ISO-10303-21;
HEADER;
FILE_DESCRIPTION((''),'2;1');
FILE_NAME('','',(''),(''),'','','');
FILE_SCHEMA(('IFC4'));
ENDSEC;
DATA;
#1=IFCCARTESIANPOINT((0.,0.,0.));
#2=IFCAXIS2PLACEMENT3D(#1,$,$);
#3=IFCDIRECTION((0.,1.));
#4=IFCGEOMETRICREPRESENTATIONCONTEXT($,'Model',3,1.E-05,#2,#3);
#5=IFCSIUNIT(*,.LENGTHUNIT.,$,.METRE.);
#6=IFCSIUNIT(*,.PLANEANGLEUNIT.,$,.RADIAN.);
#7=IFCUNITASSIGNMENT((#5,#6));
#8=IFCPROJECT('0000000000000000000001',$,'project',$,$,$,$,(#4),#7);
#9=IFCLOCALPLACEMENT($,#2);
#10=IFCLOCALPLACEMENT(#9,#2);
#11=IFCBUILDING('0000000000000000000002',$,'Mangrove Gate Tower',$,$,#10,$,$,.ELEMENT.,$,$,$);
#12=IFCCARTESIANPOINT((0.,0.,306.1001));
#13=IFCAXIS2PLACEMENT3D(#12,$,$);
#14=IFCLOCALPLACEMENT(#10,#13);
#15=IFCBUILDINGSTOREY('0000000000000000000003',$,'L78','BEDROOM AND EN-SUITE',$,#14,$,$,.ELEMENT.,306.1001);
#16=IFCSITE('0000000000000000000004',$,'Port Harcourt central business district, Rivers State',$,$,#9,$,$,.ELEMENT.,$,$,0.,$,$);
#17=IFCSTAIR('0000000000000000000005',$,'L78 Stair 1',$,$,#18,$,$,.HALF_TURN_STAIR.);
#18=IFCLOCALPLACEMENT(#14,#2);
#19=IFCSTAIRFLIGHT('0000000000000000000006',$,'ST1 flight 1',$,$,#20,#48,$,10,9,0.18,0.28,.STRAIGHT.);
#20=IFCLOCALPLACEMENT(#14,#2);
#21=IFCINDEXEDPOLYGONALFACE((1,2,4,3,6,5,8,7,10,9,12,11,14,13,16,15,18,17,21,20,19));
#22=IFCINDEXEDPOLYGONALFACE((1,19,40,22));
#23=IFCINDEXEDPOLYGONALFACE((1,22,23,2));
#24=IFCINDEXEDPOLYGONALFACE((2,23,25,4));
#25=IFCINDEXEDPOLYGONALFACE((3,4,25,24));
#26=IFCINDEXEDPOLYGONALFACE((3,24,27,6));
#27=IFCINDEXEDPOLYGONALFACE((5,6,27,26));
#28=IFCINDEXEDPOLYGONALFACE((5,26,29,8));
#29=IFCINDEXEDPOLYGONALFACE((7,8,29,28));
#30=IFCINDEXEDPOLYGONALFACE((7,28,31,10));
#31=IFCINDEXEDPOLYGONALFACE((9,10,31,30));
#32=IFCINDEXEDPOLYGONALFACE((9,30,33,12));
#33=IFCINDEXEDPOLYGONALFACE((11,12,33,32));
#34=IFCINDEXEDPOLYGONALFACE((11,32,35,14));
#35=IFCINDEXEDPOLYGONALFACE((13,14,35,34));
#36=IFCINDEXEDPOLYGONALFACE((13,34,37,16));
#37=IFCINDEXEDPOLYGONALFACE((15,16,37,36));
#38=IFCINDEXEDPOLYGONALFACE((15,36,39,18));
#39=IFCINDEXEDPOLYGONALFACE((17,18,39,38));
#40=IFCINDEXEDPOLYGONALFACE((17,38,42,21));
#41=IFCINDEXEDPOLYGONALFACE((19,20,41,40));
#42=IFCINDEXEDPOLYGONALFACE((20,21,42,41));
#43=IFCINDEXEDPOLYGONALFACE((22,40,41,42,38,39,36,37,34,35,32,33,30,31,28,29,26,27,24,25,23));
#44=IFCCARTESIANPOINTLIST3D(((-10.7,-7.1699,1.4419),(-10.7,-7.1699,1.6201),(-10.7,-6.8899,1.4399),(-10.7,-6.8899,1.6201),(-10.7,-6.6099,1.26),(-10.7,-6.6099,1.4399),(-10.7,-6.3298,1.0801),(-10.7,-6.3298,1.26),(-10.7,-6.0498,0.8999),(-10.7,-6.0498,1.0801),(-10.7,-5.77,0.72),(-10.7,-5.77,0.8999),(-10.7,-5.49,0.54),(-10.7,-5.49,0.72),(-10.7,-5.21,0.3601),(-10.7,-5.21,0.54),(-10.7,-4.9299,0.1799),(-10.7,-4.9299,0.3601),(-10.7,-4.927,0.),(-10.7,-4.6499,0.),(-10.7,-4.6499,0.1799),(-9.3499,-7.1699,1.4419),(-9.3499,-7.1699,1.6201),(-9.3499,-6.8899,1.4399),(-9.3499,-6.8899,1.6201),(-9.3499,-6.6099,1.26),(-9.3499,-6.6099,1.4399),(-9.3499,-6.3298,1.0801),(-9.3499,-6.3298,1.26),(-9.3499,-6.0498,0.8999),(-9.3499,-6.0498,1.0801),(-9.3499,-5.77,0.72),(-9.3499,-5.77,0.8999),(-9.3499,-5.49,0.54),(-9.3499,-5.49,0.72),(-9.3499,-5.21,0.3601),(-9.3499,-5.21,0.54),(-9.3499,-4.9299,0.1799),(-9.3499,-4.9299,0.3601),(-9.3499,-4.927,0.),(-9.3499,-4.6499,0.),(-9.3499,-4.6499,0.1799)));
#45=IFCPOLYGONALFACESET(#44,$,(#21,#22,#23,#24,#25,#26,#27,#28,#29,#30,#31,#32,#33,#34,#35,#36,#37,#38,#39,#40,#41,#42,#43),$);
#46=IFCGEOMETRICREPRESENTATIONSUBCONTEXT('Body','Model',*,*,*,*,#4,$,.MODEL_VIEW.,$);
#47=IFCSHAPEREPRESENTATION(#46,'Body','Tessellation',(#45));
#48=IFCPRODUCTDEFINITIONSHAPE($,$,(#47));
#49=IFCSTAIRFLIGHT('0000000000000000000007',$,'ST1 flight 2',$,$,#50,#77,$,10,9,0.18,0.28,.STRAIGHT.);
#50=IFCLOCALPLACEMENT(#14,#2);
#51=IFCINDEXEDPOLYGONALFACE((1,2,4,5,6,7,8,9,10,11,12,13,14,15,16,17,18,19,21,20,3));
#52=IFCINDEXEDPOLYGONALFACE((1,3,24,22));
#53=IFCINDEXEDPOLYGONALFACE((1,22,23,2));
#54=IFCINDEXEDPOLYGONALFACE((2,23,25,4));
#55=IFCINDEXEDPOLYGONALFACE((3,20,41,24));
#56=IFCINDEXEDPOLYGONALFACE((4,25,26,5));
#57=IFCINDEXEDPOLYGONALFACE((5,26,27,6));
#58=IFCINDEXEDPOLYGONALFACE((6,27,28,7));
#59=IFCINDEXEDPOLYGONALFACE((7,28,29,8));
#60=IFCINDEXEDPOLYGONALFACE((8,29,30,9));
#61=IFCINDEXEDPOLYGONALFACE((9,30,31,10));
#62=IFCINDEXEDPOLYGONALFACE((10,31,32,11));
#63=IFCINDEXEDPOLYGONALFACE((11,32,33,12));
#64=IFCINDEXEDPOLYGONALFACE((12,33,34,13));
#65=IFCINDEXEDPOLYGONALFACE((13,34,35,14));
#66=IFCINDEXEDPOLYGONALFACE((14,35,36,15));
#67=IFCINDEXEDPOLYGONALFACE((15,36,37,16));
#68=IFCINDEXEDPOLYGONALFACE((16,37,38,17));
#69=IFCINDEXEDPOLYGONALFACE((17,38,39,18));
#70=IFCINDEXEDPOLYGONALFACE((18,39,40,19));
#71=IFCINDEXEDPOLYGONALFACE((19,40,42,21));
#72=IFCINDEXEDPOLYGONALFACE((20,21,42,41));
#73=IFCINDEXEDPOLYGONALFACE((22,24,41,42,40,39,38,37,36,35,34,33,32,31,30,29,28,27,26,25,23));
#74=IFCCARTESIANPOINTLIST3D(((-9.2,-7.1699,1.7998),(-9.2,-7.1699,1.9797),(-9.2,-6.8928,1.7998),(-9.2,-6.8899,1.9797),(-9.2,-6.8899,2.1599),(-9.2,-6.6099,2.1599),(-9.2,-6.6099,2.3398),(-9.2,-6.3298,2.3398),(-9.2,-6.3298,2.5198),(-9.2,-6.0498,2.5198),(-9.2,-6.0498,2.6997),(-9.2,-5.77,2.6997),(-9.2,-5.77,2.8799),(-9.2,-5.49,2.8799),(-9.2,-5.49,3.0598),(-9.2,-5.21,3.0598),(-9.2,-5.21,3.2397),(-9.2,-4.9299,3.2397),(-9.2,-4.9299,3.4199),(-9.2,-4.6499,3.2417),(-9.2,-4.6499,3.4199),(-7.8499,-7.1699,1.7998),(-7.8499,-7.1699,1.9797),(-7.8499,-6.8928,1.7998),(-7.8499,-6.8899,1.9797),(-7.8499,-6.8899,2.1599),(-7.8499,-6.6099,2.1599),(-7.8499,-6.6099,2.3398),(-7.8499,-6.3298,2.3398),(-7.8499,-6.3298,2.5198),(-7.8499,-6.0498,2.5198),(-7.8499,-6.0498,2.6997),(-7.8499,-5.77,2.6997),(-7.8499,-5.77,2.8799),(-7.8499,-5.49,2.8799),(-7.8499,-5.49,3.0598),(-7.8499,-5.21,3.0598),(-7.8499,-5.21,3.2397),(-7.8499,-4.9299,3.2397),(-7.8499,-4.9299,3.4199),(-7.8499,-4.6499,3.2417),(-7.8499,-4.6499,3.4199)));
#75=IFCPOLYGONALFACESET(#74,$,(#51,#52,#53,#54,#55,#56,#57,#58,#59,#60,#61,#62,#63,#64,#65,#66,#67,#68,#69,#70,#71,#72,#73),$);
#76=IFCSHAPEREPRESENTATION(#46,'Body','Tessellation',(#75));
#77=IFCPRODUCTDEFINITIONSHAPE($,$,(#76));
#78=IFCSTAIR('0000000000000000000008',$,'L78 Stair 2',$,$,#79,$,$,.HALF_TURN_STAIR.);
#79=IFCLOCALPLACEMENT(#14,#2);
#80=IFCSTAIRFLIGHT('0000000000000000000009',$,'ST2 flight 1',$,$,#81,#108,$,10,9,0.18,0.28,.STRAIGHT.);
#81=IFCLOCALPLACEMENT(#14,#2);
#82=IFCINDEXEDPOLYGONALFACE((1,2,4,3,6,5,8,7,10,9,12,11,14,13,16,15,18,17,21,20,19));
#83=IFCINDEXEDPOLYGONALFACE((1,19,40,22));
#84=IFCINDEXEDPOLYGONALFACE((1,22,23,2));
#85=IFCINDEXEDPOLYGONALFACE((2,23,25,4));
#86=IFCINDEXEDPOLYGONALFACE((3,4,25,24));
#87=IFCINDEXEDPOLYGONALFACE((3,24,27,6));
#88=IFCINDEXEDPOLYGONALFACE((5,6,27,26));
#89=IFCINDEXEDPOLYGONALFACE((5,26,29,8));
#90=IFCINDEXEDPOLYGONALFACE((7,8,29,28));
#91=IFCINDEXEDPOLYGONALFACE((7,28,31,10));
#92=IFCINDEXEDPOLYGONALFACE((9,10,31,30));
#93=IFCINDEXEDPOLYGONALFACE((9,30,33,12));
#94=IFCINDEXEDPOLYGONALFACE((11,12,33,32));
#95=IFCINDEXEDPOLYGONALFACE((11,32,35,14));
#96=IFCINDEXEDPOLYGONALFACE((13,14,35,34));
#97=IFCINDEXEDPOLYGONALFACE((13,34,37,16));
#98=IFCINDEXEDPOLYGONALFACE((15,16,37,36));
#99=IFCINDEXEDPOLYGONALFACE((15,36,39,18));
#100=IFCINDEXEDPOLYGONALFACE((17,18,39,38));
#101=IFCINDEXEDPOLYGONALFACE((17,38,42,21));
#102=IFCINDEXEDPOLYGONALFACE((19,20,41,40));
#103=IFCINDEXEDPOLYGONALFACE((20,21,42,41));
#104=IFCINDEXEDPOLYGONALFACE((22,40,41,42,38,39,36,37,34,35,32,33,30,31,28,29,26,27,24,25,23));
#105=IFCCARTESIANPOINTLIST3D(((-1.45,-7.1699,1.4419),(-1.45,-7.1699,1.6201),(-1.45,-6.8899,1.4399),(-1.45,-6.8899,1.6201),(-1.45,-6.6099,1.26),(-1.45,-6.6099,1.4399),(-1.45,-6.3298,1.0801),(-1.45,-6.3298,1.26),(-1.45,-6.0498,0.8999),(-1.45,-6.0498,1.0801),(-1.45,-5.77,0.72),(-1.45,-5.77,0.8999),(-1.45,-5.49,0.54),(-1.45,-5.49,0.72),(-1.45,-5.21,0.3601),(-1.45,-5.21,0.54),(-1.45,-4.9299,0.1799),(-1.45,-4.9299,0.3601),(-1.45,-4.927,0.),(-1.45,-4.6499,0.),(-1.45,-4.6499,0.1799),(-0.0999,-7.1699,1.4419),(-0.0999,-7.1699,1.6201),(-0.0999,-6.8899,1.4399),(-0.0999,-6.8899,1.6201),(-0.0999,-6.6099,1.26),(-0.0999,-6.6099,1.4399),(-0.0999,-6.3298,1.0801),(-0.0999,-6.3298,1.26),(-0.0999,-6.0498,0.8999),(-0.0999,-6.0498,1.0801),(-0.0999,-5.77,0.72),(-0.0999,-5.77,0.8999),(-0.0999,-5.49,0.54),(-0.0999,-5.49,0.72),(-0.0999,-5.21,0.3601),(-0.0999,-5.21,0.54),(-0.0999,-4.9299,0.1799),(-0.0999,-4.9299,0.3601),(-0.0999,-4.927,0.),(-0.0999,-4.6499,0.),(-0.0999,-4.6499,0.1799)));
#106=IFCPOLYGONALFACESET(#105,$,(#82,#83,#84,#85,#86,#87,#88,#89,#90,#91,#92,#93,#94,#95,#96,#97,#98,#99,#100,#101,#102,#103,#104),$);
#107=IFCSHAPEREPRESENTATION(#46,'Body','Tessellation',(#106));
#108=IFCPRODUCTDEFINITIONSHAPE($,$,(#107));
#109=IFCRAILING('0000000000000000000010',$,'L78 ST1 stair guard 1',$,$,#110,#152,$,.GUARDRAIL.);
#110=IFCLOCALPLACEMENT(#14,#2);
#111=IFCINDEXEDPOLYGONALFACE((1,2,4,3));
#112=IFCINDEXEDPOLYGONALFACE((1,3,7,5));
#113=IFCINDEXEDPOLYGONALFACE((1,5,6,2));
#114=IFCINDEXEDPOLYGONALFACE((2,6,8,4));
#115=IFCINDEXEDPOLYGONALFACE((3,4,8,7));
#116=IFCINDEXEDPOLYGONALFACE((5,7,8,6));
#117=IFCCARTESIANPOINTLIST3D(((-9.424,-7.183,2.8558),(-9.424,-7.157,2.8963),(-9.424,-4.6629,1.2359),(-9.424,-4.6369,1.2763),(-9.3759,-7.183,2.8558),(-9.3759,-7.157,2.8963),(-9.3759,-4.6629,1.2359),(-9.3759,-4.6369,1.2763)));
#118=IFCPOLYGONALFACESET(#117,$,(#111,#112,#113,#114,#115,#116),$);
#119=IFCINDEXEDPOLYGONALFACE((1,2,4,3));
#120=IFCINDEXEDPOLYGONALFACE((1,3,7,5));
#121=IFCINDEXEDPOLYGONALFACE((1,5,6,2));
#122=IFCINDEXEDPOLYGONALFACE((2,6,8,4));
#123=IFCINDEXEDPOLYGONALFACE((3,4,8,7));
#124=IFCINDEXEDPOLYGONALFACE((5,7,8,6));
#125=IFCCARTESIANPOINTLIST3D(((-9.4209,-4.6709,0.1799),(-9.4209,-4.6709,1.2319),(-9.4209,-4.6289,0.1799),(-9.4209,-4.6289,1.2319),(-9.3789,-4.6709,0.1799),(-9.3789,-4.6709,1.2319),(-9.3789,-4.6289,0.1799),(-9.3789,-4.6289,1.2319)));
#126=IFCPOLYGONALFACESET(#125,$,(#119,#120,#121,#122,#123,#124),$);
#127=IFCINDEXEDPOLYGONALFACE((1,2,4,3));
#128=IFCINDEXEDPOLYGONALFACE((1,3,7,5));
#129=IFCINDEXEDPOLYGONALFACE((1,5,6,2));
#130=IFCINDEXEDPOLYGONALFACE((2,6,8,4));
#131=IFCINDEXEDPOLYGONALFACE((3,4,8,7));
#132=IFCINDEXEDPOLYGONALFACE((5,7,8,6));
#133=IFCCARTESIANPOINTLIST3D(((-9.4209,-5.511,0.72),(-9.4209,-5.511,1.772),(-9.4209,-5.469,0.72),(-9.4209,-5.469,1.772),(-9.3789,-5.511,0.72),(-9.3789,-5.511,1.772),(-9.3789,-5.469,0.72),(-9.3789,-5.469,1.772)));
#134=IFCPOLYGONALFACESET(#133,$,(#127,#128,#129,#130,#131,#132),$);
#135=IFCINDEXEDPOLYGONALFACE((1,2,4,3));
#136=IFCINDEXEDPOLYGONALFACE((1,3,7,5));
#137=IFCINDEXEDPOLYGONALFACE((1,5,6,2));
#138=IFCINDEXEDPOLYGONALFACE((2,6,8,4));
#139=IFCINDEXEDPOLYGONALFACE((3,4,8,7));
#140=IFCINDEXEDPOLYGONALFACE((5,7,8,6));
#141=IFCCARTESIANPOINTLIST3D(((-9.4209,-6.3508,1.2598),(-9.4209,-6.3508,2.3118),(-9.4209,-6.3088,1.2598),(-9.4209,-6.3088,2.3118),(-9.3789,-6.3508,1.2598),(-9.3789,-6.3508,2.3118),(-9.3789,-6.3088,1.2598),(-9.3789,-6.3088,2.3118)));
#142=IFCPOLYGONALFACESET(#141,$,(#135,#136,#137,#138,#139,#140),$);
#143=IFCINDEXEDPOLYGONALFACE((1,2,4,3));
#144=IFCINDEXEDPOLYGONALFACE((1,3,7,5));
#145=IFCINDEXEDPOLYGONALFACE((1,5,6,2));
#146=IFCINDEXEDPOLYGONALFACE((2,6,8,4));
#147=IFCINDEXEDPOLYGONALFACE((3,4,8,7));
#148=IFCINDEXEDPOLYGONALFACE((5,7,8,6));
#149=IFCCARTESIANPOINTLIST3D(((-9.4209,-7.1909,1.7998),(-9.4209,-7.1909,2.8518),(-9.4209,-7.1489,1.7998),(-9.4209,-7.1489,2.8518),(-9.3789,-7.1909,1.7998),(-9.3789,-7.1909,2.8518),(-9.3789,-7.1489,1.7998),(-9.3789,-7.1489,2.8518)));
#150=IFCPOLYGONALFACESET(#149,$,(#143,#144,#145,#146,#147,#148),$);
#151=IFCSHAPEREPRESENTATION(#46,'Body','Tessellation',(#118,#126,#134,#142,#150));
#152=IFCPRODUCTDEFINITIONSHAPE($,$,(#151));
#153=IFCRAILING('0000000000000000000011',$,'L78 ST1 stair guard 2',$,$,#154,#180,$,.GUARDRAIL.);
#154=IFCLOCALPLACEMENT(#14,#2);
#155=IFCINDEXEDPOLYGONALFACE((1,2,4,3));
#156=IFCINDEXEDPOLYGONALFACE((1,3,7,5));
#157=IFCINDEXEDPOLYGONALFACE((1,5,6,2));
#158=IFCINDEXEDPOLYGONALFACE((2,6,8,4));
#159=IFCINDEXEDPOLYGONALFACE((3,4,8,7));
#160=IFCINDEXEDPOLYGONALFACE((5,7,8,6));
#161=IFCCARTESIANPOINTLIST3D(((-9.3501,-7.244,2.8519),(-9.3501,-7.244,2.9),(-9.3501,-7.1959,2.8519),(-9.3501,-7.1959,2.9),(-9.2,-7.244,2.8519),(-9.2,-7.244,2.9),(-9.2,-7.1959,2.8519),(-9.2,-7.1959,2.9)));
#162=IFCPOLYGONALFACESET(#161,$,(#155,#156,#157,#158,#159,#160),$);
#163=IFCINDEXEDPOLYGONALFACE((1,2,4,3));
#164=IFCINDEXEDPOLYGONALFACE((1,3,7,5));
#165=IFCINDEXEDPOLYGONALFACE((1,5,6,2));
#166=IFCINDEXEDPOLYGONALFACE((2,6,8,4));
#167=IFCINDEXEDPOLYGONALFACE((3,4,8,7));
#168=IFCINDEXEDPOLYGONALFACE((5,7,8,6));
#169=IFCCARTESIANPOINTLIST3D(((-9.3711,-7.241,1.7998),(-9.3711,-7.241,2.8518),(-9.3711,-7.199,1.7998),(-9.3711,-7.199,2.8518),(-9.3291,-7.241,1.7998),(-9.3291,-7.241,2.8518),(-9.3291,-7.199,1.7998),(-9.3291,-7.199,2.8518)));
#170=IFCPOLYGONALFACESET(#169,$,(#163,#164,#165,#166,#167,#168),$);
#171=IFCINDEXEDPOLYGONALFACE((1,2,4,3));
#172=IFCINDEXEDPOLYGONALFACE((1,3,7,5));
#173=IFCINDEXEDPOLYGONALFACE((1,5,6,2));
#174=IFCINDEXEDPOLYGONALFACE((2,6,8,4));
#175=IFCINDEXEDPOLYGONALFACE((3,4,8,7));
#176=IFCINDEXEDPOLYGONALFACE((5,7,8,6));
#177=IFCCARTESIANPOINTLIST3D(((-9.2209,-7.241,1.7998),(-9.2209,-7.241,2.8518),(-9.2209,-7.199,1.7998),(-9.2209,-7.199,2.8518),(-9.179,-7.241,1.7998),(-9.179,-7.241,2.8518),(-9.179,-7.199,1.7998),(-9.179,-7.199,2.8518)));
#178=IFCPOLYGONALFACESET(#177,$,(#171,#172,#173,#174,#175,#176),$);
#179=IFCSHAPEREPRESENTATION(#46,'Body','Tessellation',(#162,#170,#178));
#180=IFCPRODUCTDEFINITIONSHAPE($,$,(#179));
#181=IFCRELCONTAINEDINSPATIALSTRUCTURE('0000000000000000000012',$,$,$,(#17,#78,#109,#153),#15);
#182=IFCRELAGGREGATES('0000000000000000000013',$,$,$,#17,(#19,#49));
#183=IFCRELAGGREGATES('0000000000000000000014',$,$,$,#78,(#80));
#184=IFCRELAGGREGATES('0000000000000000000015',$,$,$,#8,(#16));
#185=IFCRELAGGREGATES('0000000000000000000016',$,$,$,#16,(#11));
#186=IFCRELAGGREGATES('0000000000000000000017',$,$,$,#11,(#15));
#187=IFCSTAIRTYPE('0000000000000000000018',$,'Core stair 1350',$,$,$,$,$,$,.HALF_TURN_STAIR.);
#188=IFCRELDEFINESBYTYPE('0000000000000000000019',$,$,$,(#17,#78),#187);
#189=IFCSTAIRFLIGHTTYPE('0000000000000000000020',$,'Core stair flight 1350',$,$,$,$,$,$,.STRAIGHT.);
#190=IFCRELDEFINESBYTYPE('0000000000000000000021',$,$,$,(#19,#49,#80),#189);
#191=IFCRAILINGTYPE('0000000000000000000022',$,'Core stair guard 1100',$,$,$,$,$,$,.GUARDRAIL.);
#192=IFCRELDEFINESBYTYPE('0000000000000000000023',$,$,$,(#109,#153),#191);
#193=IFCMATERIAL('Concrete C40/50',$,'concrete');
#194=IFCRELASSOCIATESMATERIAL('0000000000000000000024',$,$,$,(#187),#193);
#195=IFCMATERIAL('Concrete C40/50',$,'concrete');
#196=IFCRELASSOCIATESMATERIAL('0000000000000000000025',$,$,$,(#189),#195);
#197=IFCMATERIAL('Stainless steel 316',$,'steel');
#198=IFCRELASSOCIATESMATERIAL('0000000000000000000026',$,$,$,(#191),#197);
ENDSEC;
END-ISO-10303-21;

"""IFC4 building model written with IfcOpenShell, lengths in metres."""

from ifc_helpers import new_model, si_unit, direction, frame, origin, origin_2d, place, context, subcontext, project, spatial, polyline, rectangle, outline, extrude, material, type_object, element, aggregate, save


model = new_model("IFC4")

# Units and contexts
model_context = context("Model", 3, precision=1e-05, world=origin(), true_north=direction((0.0, 1.0)))
body_context = subcontext(model_context, "Body", "Model", "MODEL_VIEW")
ifc_project = project(units=[si_unit("LENGTHUNIT", "METRE"), si_unit("PLANEANGLEUNIT", "RADIAN")], contexts=[model_context])

# Site, building, storey
site_placement = place(None, origin())
site = spatial("IfcSite", under=ifc_project, at=site_placement, Name="Port Harcourt central business district, Rivers State", CompositionType="ELEMENT", RefElevation=0.0)
building_placement = place(site_placement, origin())
building = spatial("IfcBuilding", under=site, at=building_placement, Name="Mangrove Gate Tower", CompositionType="ELEMENT")
storey_placement = place(building_placement, frame((0.0, 0.0, 306.1001)))
storey = spatial("IfcBuildingStorey", under=building, at=storey_placement, Name="L78", Description="BEDROOM AND EN-SUITE", CompositionType="ELEMENT", Elevation=306.1001)

# Stair, stair flights
ifc_material_1 = material(Name="Concrete C40/50", Category="concrete")
stair_type = type_object("IfcStairType", Name="Core stair 1350", PredefinedType="HALF_TURN_STAIR", material=ifc_material_1)
stair_1_placement = place(storey_placement, origin())
stair_1 = element("IfcStair", 1, at=stair_1_placement, inside=storey, type_object=stair_type, Name="L78 Stair 1", PredefinedType="HALF_TURN_STAIR")
ifc_material_2 = material(Name="Concrete C40/50", Category="concrete")
stair_flight_type = type_object("IfcStairFlightType", Name="Core stair flight 1350", PredefinedType="STRAIGHT", material=ifc_material_2)
stair_flight_1_placement = place(storey_placement, frame((-10.0249, -4.6499, 0.0), z_axis=(0.0, 0.0, 1.0), x_axis=(0.0, -1.0, 0.0)))
stair_flight_1 = element("IfcStairFlight", 2, at=stair_flight_1_placement, type_object=stair_flight_type, Name="ST1 flight 1", NumberOfRisers=10, NumberOfTreads=9, PredefinedType="STRAIGHT", RiserHeight=0.18, TreadLength=0.28, context=body_context, shape_type="SweptSolid", body=[
    extrude(outline(polyline([(0.0, 0.0), (0.0, 0.1799), (0.28, 0.1799), (0.28, 0.3601), (0.5601, 0.3601), (0.5601, 0.54), (0.8401, 0.54), (0.8401, 0.72), (1.1201, 0.72), (1.1201, 0.8999), (1.3999, 0.8999), (1.3999, 1.0801), (1.6799, 1.0801), (1.6799, 1.26), (1.96, 1.26), (1.96, 1.4399), (2.24, 1.4399), (2.24, 1.6201), (2.52, 1.6201), (2.52, 1.8), (2.52, 1.4419), (0.2771, 0.0), (0.0, 0.0)])), frame((0.0, 0.675, 0.0), z_axis=(0.0, -1.0, 0.0), x_axis=(1.0, 0.0, 0.0)), (0.0, 0.0, 1.0), 1.3501),
])
stair_flight_2_placement = place(storey_placement, frame((-8.5249, -7.1699, 1.7998), z_axis=(0.0, 0.0, 1.0), x_axis=(0.0, 1.0, 0.0)))
stair_flight_2 = element("IfcStairFlight", 3, at=stair_flight_2_placement, type_object=stair_flight_type, Name="ST1 flight 2", NumberOfRisers=10, NumberOfTreads=9, PredefinedType="STRAIGHT", RiserHeight=0.18, TreadLength=0.28, context=body_context, shape_type="SweptSolid", body=[
    extrude(outline(polyline([(0.0, 0.0), (0.0, 0.1799), (0.28, 0.1799), (0.28, 0.3601), (0.5601, 0.3601), (0.5601, 0.54), (0.8401, 0.54), (0.8401, 0.72), (1.1201, 0.72), (1.1201, 0.8999), (1.3999, 0.8999), (1.3999, 1.0801), (1.6799, 1.0801), (1.6799, 1.26), (1.96, 1.26), (1.96, 1.4399), (2.24, 1.4399), (2.24, 1.6201), (2.52, 1.6201), (2.52, 1.8), (2.52, 1.4419), (0.2771, 0.0), (0.0, 0.0)])), frame((0.0, 0.675, 0.0), z_axis=(0.0, -1.0, 0.0), x_axis=(1.0, 0.0, 0.0)), (0.0, 0.0, 1.0), 1.3501),
])
aggregate(stair_1, [stair_flight_1, stair_flight_2])

# Stair, stair flight
stair_2_placement = place(storey_placement, origin())
stair_2 = element("IfcStair", 4, at=stair_2_placement, inside=storey, type_object=stair_type, Name="L78 Stair 2", PredefinedType="HALF_TURN_STAIR")
stair_flight_3_placement = place(storey_placement, frame((-0.7749, -4.6499, 0.0), z_axis=(0.0, 0.0, 1.0), x_axis=(0.0, -1.0, 0.0)))
stair_flight_3 = element("IfcStairFlight", 5, at=stair_flight_3_placement, type_object=stair_flight_type, Name="ST2 flight 1", NumberOfRisers=10, NumberOfTreads=9, PredefinedType="STRAIGHT", RiserHeight=0.18, TreadLength=0.28, context=body_context, shape_type="SweptSolid", body=[
    extrude(outline(polyline([(0.0, 0.0), (0.0, 0.1799), (0.28, 0.1799), (0.28, 0.3601), (0.5601, 0.3601), (0.5601, 0.54), (0.8401, 0.54), (0.8401, 0.72), (1.1201, 0.72), (1.1201, 0.8999), (1.3999, 0.8999), (1.3999, 1.0801), (1.6799, 1.0801), (1.6799, 1.26), (1.96, 1.26), (1.96, 1.4399), (2.24, 1.4399), (2.24, 1.6201), (2.52, 1.6201), (2.52, 1.8), (2.52, 1.4419), (0.2771, 0.0), (0.0, 0.0)])), frame((0.0, 0.675, 0.0), z_axis=(0.0, -1.0, 0.0), x_axis=(1.0, 0.0, 0.0)), (0.0, 0.0, 1.0), 1.3501),
])
aggregate(stair_2, [stair_flight_3])

# Railings
ifc_material_3 = material(Name="Stainless steel 316", Category="steel")
railing_type_1 = type_object("IfcRailingType", Name="Core stair guard 1100", PredefinedType="GUARDRAIL", material=ifc_material_3)
railing_1_placement = place(storey_placement, frame((-9.3999, -4.6499, 0.1799)))
element("IfcRailing", 6, at=railing_1_placement, inside=storey, type_object=railing_type_1, Name="L78 ST1 stair guard 1", PredefinedType="GUARDRAIL", context=body_context, shape_type="SweptSolid", body=[
    extrude(rectangle(XDim=0.0481, YDim=0.0481, at=origin_2d()), frame((0.0, 0.0, 1.0762), z_axis=(0.0, -0.8412, 0.540725), x_axis=(1.0, 0.0, 0.0)), (0.0, 0.0, 1.0), 2.9958),
    extrude(rectangle(XDim=0.042, YDim=0.042, at=origin_2d()), origin(), (0.0, 0.0, 1.0), 1.052),
    extrude(rectangle(XDim=0.042, YDim=0.042, at=origin_2d()), frame((0.0, -0.8401, 0.54)), (0.0, 0.0, 1.0), 1.052),
    extrude(rectangle(XDim=0.042, YDim=0.042, at=origin_2d()), frame((0.0, -1.6799, 1.0798)), (0.0, 0.0, 1.0), 1.052),
    extrude(rectangle(XDim=0.042, YDim=0.042, at=origin_2d()), frame((0.0, -2.52, 1.6199)), (0.0, 0.0, 1.0), 1.052),
])
railing_2_placement = place(storey_placement, frame((-9.3501, -7.22, 1.7998)))
element("IfcRailing", 7, at=railing_2_placement, inside=storey, type_object=railing_type_1, Name="L78 ST1 stair guard 2", PredefinedType="GUARDRAIL", context=body_context, shape_type="SweptSolid", body=[
    extrude(rectangle(XDim=0.0481, YDim=0.0481, at=origin_2d()), frame((0.0, 0.0, 1.0762), z_axis=(1.0, 0.0, 0.0), x_axis=(0.0, 1.0, 0.0)), (0.0, 0.0, 1.0), 0.1501),
    extrude(rectangle(XDim=0.042, YDim=0.042, at=origin_2d()), origin(), (0.0, 0.0, 1.0), 1.052),
    extrude(rectangle(XDim=0.042, YDim=0.042, at=origin_2d()), frame((0.1501, 0.0, 0.0)), (0.0, 0.0, 1.0), 1.052),
])

save(model, "model.ifc")
